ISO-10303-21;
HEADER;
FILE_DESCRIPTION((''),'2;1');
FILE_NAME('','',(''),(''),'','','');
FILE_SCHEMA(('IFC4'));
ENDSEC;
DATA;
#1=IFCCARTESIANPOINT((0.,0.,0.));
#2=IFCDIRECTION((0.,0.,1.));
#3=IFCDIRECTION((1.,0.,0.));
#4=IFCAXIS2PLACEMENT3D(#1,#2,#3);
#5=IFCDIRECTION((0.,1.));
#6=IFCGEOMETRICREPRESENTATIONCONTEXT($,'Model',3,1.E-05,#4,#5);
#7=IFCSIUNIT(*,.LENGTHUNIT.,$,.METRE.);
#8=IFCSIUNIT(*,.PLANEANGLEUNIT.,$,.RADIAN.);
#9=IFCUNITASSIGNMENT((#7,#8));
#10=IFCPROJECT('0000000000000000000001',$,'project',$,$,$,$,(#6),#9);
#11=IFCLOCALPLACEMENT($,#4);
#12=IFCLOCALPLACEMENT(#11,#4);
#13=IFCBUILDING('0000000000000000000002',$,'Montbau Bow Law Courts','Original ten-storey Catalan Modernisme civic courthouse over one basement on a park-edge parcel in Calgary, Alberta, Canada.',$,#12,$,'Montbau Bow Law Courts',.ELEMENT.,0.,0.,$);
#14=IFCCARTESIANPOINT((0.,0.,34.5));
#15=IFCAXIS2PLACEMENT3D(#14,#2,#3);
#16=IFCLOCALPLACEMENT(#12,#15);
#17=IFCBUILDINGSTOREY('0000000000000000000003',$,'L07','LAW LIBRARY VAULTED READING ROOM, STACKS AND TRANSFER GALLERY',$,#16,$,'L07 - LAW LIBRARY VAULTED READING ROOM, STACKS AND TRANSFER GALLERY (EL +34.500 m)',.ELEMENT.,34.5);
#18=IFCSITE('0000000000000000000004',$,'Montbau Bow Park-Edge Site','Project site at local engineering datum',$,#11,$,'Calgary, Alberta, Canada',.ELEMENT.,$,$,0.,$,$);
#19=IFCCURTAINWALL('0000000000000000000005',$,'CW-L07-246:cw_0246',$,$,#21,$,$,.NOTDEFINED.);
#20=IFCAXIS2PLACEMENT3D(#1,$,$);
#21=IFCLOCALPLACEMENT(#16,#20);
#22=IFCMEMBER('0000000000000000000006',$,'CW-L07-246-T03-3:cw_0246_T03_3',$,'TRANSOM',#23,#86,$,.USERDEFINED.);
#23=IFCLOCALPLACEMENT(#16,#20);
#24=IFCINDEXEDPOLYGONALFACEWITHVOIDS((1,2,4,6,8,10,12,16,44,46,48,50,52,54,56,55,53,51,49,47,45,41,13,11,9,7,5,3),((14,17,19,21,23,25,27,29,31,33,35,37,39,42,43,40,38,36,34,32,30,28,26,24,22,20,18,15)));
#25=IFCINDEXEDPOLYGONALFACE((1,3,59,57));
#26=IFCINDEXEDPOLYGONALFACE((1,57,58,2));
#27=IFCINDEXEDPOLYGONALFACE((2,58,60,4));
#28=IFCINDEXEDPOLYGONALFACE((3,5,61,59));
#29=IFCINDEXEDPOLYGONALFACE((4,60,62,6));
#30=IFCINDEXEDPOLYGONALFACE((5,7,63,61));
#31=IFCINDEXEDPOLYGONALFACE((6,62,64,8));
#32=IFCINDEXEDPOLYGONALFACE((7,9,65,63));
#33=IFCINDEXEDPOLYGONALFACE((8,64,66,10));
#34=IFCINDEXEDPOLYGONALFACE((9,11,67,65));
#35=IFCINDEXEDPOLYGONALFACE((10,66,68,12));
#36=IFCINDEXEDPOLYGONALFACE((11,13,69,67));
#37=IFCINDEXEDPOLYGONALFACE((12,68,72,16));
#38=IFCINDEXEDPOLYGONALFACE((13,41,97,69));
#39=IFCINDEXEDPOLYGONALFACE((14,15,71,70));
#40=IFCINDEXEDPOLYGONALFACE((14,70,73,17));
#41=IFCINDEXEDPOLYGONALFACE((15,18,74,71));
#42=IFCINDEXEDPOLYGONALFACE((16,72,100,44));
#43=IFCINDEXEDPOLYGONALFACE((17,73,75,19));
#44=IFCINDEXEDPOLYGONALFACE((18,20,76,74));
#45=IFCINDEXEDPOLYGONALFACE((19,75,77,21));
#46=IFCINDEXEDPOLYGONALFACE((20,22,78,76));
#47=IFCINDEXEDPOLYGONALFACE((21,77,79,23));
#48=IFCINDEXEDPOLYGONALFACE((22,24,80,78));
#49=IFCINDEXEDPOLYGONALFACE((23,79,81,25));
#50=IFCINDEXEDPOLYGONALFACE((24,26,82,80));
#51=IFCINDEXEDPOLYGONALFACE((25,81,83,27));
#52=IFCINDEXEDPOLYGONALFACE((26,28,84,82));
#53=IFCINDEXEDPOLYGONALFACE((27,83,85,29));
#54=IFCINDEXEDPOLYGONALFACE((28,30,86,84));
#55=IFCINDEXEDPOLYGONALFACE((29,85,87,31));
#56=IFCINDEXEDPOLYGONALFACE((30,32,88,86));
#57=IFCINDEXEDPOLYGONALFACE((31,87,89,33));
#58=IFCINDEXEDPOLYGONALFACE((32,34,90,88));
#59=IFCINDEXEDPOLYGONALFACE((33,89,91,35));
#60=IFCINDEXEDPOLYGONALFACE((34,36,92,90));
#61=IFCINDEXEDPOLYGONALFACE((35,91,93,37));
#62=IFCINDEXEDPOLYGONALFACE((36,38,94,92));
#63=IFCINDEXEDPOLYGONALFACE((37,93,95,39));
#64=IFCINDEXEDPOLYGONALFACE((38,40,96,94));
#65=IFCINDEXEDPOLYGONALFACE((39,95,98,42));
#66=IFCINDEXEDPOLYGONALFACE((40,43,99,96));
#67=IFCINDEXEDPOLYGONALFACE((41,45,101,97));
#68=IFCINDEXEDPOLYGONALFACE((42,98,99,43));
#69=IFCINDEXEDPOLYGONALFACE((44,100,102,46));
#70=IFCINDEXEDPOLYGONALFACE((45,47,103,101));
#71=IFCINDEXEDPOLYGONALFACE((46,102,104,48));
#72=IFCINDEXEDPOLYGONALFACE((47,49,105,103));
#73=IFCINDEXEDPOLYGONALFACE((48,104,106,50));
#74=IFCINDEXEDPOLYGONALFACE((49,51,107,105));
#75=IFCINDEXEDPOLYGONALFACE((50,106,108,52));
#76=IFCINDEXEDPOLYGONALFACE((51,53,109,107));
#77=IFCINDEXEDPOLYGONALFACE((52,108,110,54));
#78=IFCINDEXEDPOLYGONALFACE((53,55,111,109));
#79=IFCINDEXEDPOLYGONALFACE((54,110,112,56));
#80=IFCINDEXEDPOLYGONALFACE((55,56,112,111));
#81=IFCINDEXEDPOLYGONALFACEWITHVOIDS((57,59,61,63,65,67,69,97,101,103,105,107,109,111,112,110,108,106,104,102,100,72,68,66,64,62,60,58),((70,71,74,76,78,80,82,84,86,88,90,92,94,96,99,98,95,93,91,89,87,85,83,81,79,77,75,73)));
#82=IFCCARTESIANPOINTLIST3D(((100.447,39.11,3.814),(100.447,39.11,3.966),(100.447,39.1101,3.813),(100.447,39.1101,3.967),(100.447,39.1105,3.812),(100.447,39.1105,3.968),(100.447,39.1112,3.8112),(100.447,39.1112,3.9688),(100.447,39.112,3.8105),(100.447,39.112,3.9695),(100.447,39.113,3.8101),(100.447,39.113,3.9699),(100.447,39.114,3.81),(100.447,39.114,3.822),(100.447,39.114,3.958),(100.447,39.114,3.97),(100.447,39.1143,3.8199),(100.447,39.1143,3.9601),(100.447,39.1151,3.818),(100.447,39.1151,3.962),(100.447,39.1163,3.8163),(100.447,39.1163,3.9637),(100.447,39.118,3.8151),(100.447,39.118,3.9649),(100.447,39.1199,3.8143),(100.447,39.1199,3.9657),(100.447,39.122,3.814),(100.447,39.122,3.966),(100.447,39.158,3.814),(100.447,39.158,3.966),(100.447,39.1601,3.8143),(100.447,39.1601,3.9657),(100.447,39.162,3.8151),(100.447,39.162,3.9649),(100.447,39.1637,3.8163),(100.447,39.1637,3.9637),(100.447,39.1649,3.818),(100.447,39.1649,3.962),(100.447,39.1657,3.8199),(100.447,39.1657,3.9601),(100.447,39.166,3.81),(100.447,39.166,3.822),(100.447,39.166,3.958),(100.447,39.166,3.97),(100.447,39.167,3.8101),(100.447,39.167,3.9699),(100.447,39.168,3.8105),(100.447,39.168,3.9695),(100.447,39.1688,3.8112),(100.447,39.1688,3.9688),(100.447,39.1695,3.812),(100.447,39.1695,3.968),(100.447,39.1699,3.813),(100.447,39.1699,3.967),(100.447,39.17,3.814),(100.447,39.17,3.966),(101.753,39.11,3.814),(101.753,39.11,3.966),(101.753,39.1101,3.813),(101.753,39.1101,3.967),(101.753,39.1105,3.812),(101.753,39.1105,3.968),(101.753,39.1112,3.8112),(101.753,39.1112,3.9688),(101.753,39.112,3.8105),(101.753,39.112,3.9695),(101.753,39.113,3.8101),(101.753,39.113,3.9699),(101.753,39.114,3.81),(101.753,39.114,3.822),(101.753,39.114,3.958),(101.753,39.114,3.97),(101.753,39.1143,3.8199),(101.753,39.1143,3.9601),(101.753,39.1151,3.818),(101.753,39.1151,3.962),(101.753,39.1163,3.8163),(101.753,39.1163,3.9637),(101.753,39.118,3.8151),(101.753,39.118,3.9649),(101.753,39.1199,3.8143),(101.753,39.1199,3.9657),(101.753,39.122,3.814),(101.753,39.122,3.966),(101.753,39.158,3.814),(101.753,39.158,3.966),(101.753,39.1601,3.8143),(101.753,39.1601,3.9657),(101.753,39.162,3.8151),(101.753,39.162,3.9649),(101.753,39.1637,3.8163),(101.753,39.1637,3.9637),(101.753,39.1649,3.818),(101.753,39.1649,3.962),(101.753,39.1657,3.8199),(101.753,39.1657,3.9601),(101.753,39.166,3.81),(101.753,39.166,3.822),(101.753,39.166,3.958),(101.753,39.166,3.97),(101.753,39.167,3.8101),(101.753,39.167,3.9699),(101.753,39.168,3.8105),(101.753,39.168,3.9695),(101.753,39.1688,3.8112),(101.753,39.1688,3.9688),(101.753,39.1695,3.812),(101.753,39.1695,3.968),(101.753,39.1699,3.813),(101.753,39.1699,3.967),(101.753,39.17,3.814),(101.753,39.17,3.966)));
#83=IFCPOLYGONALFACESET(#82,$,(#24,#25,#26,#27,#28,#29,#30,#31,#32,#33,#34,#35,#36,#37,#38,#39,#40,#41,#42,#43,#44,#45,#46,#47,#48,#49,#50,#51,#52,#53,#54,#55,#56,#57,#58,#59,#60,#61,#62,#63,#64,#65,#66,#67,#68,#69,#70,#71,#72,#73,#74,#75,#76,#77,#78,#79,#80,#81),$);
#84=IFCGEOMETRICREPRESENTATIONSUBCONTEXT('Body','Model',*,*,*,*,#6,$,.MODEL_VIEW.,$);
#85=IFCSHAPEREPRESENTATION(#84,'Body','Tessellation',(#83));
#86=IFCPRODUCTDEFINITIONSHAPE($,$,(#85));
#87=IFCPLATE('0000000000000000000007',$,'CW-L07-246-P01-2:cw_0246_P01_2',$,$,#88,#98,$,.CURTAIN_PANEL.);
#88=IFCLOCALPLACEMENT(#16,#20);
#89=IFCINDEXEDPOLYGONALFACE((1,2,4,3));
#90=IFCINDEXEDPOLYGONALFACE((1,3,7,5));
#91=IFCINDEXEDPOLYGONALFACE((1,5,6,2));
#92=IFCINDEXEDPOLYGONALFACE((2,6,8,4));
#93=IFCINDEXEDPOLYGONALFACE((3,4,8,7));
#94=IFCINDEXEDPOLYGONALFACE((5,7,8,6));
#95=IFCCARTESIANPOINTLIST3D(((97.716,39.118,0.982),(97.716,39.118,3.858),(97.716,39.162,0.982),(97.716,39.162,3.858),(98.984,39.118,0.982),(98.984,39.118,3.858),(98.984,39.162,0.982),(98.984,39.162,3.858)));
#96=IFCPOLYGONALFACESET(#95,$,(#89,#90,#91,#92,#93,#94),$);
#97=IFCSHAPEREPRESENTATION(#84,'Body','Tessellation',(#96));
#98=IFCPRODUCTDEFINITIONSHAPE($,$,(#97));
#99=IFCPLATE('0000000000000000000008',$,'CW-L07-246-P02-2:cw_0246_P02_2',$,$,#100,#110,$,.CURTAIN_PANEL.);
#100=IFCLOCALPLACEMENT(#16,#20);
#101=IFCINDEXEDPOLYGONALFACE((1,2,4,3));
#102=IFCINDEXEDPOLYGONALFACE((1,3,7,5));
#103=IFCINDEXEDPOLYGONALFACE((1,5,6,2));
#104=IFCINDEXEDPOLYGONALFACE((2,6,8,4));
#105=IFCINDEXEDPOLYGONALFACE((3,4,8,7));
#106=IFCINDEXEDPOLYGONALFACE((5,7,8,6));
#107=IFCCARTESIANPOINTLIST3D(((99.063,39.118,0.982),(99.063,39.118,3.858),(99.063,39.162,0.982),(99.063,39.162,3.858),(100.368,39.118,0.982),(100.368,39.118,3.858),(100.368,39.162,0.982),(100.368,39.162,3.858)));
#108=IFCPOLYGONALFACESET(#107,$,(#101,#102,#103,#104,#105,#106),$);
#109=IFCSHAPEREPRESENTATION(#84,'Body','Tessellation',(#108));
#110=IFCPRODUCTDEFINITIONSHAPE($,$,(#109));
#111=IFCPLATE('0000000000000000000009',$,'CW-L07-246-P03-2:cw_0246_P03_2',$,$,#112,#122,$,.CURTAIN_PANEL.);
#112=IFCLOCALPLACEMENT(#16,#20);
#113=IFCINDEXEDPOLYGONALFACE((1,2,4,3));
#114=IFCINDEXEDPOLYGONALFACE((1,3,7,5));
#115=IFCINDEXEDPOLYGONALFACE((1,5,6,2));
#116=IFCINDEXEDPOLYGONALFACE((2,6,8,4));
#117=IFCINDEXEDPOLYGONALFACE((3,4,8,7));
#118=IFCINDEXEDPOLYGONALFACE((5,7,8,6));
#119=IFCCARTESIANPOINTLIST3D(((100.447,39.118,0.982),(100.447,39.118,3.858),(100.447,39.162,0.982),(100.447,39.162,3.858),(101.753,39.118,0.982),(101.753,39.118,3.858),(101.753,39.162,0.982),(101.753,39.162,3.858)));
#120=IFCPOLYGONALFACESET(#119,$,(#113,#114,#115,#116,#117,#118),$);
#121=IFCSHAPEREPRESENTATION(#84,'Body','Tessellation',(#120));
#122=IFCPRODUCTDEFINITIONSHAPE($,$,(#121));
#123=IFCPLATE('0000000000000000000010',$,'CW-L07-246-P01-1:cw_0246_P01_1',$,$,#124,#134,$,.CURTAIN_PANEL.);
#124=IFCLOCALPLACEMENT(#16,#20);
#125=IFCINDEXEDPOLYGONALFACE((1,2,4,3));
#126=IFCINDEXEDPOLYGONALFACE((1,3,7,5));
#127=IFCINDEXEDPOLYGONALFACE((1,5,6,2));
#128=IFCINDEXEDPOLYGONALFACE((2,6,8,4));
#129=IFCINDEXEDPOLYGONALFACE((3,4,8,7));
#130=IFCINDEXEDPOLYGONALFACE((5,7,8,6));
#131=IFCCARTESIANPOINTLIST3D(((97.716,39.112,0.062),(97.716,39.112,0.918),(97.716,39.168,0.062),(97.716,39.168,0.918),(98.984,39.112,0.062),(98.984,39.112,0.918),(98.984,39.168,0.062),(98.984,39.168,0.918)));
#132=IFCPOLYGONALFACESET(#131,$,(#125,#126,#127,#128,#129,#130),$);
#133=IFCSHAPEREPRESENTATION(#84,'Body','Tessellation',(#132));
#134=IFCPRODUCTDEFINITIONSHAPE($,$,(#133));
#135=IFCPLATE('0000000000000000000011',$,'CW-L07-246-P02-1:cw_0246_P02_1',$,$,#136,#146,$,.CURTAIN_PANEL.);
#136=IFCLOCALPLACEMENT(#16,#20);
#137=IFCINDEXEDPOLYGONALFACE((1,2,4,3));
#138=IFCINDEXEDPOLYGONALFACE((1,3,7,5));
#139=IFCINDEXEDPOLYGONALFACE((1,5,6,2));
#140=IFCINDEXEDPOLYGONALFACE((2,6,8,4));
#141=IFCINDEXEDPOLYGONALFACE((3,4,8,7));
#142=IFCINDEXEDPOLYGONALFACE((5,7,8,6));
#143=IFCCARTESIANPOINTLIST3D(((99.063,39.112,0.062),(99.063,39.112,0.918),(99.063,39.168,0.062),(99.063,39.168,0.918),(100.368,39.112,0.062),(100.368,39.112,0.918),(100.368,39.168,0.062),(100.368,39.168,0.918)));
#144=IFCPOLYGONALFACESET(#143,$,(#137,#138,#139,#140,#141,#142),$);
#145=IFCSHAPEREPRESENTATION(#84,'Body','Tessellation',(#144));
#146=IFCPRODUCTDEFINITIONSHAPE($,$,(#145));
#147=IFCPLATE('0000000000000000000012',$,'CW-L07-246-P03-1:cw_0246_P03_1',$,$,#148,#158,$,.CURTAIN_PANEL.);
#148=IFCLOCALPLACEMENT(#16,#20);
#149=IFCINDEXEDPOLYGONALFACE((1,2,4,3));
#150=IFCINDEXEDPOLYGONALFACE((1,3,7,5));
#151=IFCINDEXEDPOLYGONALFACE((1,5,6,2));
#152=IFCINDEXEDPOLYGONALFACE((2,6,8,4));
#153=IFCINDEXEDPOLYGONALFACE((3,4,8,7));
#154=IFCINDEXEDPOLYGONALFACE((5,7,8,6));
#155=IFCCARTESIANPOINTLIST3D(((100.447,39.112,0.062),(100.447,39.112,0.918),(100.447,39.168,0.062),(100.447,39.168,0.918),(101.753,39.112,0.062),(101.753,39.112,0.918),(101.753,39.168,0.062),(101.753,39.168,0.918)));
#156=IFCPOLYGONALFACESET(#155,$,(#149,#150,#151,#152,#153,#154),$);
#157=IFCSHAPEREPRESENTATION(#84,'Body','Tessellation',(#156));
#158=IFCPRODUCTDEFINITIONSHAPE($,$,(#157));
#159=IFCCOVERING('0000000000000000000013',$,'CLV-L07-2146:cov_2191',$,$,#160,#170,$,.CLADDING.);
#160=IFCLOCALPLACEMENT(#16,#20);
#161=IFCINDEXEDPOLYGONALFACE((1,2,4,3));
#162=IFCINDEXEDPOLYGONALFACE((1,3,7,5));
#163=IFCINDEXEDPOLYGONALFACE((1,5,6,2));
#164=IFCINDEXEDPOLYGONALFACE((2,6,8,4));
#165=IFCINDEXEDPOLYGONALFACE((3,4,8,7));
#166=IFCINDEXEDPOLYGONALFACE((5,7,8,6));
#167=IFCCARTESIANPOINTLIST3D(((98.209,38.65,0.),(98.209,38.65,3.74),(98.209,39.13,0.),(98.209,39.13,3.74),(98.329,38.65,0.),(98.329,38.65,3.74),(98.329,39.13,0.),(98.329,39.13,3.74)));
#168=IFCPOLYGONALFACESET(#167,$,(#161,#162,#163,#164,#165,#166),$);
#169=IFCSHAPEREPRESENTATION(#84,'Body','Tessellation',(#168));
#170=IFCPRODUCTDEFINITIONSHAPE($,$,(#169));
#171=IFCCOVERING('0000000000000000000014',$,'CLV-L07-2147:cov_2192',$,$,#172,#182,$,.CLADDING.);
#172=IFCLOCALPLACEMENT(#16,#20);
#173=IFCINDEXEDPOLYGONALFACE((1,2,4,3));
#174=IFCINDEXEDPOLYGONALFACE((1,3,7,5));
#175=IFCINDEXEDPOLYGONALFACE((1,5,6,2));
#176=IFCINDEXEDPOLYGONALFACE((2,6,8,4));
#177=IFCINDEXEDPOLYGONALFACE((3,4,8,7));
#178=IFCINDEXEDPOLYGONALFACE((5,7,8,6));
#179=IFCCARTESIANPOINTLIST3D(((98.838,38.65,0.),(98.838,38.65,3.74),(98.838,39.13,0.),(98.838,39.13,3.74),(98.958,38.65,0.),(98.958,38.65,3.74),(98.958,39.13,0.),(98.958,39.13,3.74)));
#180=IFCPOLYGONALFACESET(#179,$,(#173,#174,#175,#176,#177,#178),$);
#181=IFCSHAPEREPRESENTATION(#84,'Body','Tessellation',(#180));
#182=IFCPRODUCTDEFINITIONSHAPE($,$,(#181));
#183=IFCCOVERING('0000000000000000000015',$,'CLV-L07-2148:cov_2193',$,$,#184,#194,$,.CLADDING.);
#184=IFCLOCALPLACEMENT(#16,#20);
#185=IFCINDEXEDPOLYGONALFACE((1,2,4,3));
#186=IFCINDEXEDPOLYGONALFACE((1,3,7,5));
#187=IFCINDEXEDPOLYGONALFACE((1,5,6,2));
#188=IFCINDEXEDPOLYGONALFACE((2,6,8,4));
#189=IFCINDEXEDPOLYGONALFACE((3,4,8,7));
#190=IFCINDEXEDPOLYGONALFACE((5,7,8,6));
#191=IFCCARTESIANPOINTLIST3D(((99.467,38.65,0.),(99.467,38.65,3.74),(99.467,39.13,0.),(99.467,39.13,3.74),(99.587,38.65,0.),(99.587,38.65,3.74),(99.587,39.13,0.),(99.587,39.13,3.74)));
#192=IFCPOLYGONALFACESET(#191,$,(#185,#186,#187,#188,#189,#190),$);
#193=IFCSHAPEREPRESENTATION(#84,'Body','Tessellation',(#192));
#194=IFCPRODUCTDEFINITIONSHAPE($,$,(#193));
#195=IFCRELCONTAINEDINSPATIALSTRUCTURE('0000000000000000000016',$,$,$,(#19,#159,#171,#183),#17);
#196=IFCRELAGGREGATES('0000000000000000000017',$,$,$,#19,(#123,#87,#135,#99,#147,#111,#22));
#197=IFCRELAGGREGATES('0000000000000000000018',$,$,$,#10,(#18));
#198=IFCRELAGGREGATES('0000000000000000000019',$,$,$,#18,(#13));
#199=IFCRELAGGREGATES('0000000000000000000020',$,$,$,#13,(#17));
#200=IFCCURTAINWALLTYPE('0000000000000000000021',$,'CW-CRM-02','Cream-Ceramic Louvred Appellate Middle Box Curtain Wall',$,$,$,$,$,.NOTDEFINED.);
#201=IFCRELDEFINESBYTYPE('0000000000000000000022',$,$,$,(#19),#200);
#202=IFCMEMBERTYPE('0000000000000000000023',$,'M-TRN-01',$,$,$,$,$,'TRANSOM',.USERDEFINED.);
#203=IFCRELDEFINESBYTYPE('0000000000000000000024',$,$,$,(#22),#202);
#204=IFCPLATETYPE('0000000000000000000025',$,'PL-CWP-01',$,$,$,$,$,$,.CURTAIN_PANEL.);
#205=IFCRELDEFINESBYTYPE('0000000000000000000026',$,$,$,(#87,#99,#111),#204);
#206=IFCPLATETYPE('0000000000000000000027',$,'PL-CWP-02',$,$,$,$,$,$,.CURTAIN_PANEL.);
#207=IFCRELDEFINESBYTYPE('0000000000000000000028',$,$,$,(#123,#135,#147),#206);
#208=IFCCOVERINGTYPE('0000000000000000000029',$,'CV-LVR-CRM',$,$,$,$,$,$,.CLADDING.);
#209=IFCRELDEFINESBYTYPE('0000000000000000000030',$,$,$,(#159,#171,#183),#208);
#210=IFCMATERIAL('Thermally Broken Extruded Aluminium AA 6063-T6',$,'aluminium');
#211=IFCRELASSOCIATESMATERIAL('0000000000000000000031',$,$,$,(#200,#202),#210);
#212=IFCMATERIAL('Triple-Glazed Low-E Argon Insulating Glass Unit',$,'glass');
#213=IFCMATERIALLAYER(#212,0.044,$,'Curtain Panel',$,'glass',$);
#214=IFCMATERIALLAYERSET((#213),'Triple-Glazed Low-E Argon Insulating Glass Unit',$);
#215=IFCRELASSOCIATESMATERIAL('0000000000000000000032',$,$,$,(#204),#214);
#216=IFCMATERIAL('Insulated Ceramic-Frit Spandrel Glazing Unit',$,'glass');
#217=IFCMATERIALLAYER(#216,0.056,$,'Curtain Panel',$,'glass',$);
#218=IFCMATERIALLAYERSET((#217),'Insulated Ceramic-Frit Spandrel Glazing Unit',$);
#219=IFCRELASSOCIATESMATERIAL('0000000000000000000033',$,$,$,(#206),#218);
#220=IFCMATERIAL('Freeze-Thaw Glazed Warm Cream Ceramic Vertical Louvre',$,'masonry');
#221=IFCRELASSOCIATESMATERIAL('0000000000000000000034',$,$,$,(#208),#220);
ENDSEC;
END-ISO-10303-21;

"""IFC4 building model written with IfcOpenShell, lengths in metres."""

from ifc_helpers import new_model, si_unit, direction, frame, frame_2d, origin_with_axes, origin_2d_with_axis, place, context, subcontext, project, spatial, rectangle, hollow_rectangle, extrude, material, layer, layer_set, material_profile, profile_set, type_object, element, aggregate, save


model = new_model("IFC4")

# Units and contexts
model_context = context("Model", 3, precision=1e-05, world=origin_with_axes(), true_north=direction((0.0, 1.0)))
body_context = subcontext(model_context, "Body", "Model", "MODEL_VIEW")
ifc_project = project(units=[si_unit("LENGTHUNIT", "METRE"), si_unit("PLANEANGLEUNIT", "RADIAN")], contexts=[model_context])

# Site, building, storey
site_placement = place(None, origin_with_axes())
site = spatial("IfcSite", under=ifc_project, at=site_placement, Name="Montbau Bow Park-Edge Site", Description="Project site at local engineering datum", LongName="Calgary, Alberta, Canada", CompositionType="ELEMENT", RefElevation=0.0)
building_placement = place(site_placement, origin_with_axes())
building = spatial("IfcBuilding", under=site, at=building_placement, Name="Montbau Bow Law Courts", Description="Original ten-storey Catalan Modernisme civic courthouse over one basement on a park-edge parcel in Calgary, Alberta, Canada.", LongName="Montbau Bow Law Courts", CompositionType="ELEMENT", ElevationOfRefHeight=0.0, ElevationOfTerrain=0.0)
storey_placement = place(building_placement, frame((0.0, 0.0, 34.5), z_axis=(0.0, 0.0, 1.0), x_axis=(1.0, 0.0, 0.0)))
storey = spatial("IfcBuildingStorey", under=building, at=storey_placement, Name="L07", Description="LAW LIBRARY VAULTED READING ROOM, STACKS AND TRANSFER GALLERY", LongName="L07 - LAW LIBRARY VAULTED READING ROOM, STACKS AND TRANSFER GALLERY (EL +34.500 m)", CompositionType="ELEMENT", Elevation=34.5)

# Curtain wall
ifc_material_1 = material(Name="Thermally Broken Extruded Aluminium AA 6063-T6", Category="aluminium")
curtain_wall_type = type_object("IfcCurtainWallType", Name="CW-CRM-02", Description="Cream-Ceramic Louvred Appellate Middle Box Curtain Wall", PredefinedType="NOTDEFINED", material=ifc_material_1)
curtain_wall_1_placement = place(None, frame((97.64, 39.14, 34.5), z_axis=(0.0, 0.0, 1.0), x_axis=(1.0, 0.0, 0.0)))
curtain_wall_1 = element("IfcCurtainWall", 1, at=curtain_wall_1_placement, inside=storey, type_object=curtain_wall_type, Name="CW-L07-246:cw_0246", PredefinedType="NOTDEFINED")

# Member
ifc_material_profile_1 = material_profile(ifc_material_1, hollow_rectangle(XDim=0.06, YDim=0.16, WallThickness=0.004, InnerFilletRadius=0.008, OuterFilletRadius=0.004, at=origin_2d_with_axis()), Name="CWT-160X60", Category="Main", Priority=0)
ifc_profile_set_1 = profile_set([ifc_material_profile_1], Name="Thermally Broken Extruded Aluminium AA 6063-T6")
member_type_1 = type_object("IfcMemberType", Name="M-TRN-01", ElementType="TRANSOM", PredefinedType="USERDEFINED", material=ifc_profile_set_1)
member_1_placement = place(None, frame((100.447, 39.14, 38.39), z_axis=(1.0, 0.0, 0.0), x_axis=(0.0, 1.0, 0.0)))
member_1 = element("IfcMember", 2, at=member_1_placement, type_object=member_type_1, Name="CW-L07-246-T03-3:cw_0246_T03_3", ObjectType="TRANSOM", PredefinedType="USERDEFINED", context=body_context, shape_type="SweptSolid", body=[
    extrude(hollow_rectangle(XDim=0.06, YDim=0.16, WallThickness=0.004, InnerFilletRadius=0.008, OuterFilletRadius=0.004, at=origin_2d_with_axis()), origin_with_axes(), (0.0, 0.0, 1.0), 1.306),
])

# Plates
ifc_material_2 = material(Name="Triple-Glazed Low-E Argon Insulating Glass Unit", Category="glass")
ifc_layer_1 = layer(ifc_material_2, 0.044, Name="Curtain Panel", Category="glass")
ifc_layer_set_1 = layer_set([ifc_layer_1], Name="Triple-Glazed Low-E Argon Insulating Glass Unit")
plate_type_1 = type_object("IfcPlateType", Name="PL-CWP-01", PredefinedType="CURTAIN_PANEL", material=ifc_layer_set_1)
plate_1_placement = place(None, frame((97.716, 39.14, 35.482), z_axis=(0.0, -1.0, 0.0), x_axis=(1.0, 0.0, 0.0)))
plate_1 = element("IfcPlate", 3, at=plate_1_placement, type_object=plate_type_1, Name="CW-L07-246-P01-2:cw_0246_P01_2", PredefinedType="CURTAIN_PANEL", context=body_context, shape_type="SweptSolid", body=[
    extrude(rectangle(XDim=1.268, YDim=2.876, at=frame_2d((0.634, 1.438), x_axis=(1.0, 0.0))), frame((0.0, 0.0, -0.022), z_axis=(0.0, 0.0, 1.0), x_axis=(1.0, 0.0, 0.0)), (0.0, 0.0, 1.0), 0.044),
])
plate_2_placement = place(None, frame((99.063, 39.14, 35.482), z_axis=(0.0, -1.0, 0.0), x_axis=(1.0, 0.0, 0.0)))
plate_2 = element("IfcPlate", 4, at=plate_2_placement, type_object=plate_type_1, Name="CW-L07-246-P02-2:cw_0246_P02_2", PredefinedType="CURTAIN_PANEL", context=body_context, shape_type="SweptSolid", body=[
    extrude(rectangle(XDim=1.305, YDim=2.876, at=frame_2d((0.6525, 1.438), x_axis=(1.0, 0.0))), frame((0.0, 0.0, -0.022), z_axis=(0.0, 0.0, 1.0), x_axis=(1.0, 0.0, 0.0)), (0.0, 0.0, 1.0), 0.044),
])
plate_3_placement = place(None, frame((100.447, 39.14, 35.482), z_axis=(0.0, -1.0, 0.0), x_axis=(1.0, 0.0, 0.0)))
plate_3 = element("IfcPlate", 5, at=plate_3_placement, type_object=plate_type_1, Name="CW-L07-246-P03-2:cw_0246_P03_2", PredefinedType="CURTAIN_PANEL", context=body_context, shape_type="SweptSolid", body=[
    extrude(rectangle(XDim=1.306, YDim=2.876, at=frame_2d((0.653, 1.438), x_axis=(1.0, 0.0))), frame((0.0, 0.0, -0.022), z_axis=(0.0, 0.0, 1.0), x_axis=(1.0, 0.0, 0.0)), (0.0, 0.0, 1.0), 0.044),
])
ifc_material_3 = material(Name="Insulated Ceramic-Frit Spandrel Glazing Unit", Category="glass")
ifc_layer_2 = layer(ifc_material_3, 0.056, Name="Curtain Panel", Category="glass")
ifc_layer_set_2 = layer_set([ifc_layer_2], Name="Insulated Ceramic-Frit Spandrel Glazing Unit")
plate_type_2 = type_object("IfcPlateType", Name="PL-CWP-02", PredefinedType="CURTAIN_PANEL", material=ifc_layer_set_2)
plate_4_placement = place(None, frame((97.716, 39.14, 34.562), z_axis=(0.0, -1.0, 0.0), x_axis=(1.0, 0.0, 0.0)))
plate_4 = element("IfcPlate", 6, at=plate_4_placement, type_object=plate_type_2, Name="CW-L07-246-P01-1:cw_0246_P01_1", PredefinedType="CURTAIN_PANEL", context=body_context, shape_type="SweptSolid", body=[
    extrude(rectangle(XDim=1.268, YDim=0.856, at=frame_2d((0.634, 0.428), x_axis=(1.0, 0.0))), frame((0.0, 0.0, -0.028), z_axis=(0.0, 0.0, 1.0), x_axis=(1.0, 0.0, 0.0)), (0.0, 0.0, 1.0), 0.056),
])
plate_5_placement = place(None, frame((99.063, 39.14, 34.562), z_axis=(0.0, -1.0, 0.0), x_axis=(1.0, 0.0, 0.0)))
plate_5 = element("IfcPlate", 7, at=plate_5_placement, type_object=plate_type_2, Name="CW-L07-246-P02-1:cw_0246_P02_1", PredefinedType="CURTAIN_PANEL", context=body_context, shape_type="SweptSolid", body=[
    extrude(rectangle(XDim=1.305, YDim=0.856, at=frame_2d((0.6525, 0.428), x_axis=(1.0, 0.0))), frame((0.0, 0.0, -0.028), z_axis=(0.0, 0.0, 1.0), x_axis=(1.0, 0.0, 0.0)), (0.0, 0.0, 1.0), 0.056),
])
plate_6_placement = place(None, frame((100.447, 39.14, 34.562), z_axis=(0.0, -1.0, 0.0), x_axis=(1.0, 0.0, 0.0)))
plate_6 = element("IfcPlate", 8, at=plate_6_placement, type_object=plate_type_2, Name="CW-L07-246-P03-1:cw_0246_P03_1", PredefinedType="CURTAIN_PANEL", context=body_context, shape_type="SweptSolid", body=[
    extrude(rectangle(XDim=1.306, YDim=0.856, at=frame_2d((0.653, 0.428), x_axis=(1.0, 0.0))), frame((0.0, 0.0, -0.028), z_axis=(0.0, 0.0, 1.0), x_axis=(1.0, 0.0, 0.0)), (0.0, 0.0, 1.0), 0.056),
])
aggregate(curtain_wall_1, [plate_4, plate_1, plate_5, plate_2, plate_6, plate_3, member_1])

# Coverings
ifc_material_4 = material(Name="Freeze-Thaw Glazed Warm Cream Ceramic Vertical Louvre", Category="masonry")
covering_type = type_object("IfcCoveringType", Name="CV-LVR-CRM", PredefinedType="CLADDING", material=ifc_material_4)
for number, where, z_axis, x_axis, name in (
    (9, (98.269, 39.13, 34.5), (-1.0, 0.0, 0.0), (0.0, -1.0, 0.0), "CLV-L07-2146:cov_2191"),
    (10, (98.898, 39.13, 34.5), (-1.0, 0.0, 0.0), (0.0, -1.0, 0.0), "CLV-L07-2147:cov_2192"),
    (11, (99.527, 39.13, 34.5), (-1.0, 0.0, 0.0), (0.0, -1.0, 0.0), "CLV-L07-2148:cov_2193"),
):
    element("IfcCovering", number, at=place(None, frame(where, z_axis=z_axis, x_axis=x_axis)), inside=storey, type_object=covering_type, Name=name, PredefinedType="CLADDING", context=body_context, shape_type="SweptSolid", body=[
        extrude(rectangle(XDim=0.48, YDim=3.74, at=frame_2d((0.24, 1.87), x_axis=(1.0, 0.0))), frame((0.0, 0.0, -0.06), z_axis=(0.0, 0.0, 1.0), x_axis=(1.0, 0.0, 0.0)), (0.0, 0.0, 1.0), 0.12),
    ])

save(model, "model.ifc")
